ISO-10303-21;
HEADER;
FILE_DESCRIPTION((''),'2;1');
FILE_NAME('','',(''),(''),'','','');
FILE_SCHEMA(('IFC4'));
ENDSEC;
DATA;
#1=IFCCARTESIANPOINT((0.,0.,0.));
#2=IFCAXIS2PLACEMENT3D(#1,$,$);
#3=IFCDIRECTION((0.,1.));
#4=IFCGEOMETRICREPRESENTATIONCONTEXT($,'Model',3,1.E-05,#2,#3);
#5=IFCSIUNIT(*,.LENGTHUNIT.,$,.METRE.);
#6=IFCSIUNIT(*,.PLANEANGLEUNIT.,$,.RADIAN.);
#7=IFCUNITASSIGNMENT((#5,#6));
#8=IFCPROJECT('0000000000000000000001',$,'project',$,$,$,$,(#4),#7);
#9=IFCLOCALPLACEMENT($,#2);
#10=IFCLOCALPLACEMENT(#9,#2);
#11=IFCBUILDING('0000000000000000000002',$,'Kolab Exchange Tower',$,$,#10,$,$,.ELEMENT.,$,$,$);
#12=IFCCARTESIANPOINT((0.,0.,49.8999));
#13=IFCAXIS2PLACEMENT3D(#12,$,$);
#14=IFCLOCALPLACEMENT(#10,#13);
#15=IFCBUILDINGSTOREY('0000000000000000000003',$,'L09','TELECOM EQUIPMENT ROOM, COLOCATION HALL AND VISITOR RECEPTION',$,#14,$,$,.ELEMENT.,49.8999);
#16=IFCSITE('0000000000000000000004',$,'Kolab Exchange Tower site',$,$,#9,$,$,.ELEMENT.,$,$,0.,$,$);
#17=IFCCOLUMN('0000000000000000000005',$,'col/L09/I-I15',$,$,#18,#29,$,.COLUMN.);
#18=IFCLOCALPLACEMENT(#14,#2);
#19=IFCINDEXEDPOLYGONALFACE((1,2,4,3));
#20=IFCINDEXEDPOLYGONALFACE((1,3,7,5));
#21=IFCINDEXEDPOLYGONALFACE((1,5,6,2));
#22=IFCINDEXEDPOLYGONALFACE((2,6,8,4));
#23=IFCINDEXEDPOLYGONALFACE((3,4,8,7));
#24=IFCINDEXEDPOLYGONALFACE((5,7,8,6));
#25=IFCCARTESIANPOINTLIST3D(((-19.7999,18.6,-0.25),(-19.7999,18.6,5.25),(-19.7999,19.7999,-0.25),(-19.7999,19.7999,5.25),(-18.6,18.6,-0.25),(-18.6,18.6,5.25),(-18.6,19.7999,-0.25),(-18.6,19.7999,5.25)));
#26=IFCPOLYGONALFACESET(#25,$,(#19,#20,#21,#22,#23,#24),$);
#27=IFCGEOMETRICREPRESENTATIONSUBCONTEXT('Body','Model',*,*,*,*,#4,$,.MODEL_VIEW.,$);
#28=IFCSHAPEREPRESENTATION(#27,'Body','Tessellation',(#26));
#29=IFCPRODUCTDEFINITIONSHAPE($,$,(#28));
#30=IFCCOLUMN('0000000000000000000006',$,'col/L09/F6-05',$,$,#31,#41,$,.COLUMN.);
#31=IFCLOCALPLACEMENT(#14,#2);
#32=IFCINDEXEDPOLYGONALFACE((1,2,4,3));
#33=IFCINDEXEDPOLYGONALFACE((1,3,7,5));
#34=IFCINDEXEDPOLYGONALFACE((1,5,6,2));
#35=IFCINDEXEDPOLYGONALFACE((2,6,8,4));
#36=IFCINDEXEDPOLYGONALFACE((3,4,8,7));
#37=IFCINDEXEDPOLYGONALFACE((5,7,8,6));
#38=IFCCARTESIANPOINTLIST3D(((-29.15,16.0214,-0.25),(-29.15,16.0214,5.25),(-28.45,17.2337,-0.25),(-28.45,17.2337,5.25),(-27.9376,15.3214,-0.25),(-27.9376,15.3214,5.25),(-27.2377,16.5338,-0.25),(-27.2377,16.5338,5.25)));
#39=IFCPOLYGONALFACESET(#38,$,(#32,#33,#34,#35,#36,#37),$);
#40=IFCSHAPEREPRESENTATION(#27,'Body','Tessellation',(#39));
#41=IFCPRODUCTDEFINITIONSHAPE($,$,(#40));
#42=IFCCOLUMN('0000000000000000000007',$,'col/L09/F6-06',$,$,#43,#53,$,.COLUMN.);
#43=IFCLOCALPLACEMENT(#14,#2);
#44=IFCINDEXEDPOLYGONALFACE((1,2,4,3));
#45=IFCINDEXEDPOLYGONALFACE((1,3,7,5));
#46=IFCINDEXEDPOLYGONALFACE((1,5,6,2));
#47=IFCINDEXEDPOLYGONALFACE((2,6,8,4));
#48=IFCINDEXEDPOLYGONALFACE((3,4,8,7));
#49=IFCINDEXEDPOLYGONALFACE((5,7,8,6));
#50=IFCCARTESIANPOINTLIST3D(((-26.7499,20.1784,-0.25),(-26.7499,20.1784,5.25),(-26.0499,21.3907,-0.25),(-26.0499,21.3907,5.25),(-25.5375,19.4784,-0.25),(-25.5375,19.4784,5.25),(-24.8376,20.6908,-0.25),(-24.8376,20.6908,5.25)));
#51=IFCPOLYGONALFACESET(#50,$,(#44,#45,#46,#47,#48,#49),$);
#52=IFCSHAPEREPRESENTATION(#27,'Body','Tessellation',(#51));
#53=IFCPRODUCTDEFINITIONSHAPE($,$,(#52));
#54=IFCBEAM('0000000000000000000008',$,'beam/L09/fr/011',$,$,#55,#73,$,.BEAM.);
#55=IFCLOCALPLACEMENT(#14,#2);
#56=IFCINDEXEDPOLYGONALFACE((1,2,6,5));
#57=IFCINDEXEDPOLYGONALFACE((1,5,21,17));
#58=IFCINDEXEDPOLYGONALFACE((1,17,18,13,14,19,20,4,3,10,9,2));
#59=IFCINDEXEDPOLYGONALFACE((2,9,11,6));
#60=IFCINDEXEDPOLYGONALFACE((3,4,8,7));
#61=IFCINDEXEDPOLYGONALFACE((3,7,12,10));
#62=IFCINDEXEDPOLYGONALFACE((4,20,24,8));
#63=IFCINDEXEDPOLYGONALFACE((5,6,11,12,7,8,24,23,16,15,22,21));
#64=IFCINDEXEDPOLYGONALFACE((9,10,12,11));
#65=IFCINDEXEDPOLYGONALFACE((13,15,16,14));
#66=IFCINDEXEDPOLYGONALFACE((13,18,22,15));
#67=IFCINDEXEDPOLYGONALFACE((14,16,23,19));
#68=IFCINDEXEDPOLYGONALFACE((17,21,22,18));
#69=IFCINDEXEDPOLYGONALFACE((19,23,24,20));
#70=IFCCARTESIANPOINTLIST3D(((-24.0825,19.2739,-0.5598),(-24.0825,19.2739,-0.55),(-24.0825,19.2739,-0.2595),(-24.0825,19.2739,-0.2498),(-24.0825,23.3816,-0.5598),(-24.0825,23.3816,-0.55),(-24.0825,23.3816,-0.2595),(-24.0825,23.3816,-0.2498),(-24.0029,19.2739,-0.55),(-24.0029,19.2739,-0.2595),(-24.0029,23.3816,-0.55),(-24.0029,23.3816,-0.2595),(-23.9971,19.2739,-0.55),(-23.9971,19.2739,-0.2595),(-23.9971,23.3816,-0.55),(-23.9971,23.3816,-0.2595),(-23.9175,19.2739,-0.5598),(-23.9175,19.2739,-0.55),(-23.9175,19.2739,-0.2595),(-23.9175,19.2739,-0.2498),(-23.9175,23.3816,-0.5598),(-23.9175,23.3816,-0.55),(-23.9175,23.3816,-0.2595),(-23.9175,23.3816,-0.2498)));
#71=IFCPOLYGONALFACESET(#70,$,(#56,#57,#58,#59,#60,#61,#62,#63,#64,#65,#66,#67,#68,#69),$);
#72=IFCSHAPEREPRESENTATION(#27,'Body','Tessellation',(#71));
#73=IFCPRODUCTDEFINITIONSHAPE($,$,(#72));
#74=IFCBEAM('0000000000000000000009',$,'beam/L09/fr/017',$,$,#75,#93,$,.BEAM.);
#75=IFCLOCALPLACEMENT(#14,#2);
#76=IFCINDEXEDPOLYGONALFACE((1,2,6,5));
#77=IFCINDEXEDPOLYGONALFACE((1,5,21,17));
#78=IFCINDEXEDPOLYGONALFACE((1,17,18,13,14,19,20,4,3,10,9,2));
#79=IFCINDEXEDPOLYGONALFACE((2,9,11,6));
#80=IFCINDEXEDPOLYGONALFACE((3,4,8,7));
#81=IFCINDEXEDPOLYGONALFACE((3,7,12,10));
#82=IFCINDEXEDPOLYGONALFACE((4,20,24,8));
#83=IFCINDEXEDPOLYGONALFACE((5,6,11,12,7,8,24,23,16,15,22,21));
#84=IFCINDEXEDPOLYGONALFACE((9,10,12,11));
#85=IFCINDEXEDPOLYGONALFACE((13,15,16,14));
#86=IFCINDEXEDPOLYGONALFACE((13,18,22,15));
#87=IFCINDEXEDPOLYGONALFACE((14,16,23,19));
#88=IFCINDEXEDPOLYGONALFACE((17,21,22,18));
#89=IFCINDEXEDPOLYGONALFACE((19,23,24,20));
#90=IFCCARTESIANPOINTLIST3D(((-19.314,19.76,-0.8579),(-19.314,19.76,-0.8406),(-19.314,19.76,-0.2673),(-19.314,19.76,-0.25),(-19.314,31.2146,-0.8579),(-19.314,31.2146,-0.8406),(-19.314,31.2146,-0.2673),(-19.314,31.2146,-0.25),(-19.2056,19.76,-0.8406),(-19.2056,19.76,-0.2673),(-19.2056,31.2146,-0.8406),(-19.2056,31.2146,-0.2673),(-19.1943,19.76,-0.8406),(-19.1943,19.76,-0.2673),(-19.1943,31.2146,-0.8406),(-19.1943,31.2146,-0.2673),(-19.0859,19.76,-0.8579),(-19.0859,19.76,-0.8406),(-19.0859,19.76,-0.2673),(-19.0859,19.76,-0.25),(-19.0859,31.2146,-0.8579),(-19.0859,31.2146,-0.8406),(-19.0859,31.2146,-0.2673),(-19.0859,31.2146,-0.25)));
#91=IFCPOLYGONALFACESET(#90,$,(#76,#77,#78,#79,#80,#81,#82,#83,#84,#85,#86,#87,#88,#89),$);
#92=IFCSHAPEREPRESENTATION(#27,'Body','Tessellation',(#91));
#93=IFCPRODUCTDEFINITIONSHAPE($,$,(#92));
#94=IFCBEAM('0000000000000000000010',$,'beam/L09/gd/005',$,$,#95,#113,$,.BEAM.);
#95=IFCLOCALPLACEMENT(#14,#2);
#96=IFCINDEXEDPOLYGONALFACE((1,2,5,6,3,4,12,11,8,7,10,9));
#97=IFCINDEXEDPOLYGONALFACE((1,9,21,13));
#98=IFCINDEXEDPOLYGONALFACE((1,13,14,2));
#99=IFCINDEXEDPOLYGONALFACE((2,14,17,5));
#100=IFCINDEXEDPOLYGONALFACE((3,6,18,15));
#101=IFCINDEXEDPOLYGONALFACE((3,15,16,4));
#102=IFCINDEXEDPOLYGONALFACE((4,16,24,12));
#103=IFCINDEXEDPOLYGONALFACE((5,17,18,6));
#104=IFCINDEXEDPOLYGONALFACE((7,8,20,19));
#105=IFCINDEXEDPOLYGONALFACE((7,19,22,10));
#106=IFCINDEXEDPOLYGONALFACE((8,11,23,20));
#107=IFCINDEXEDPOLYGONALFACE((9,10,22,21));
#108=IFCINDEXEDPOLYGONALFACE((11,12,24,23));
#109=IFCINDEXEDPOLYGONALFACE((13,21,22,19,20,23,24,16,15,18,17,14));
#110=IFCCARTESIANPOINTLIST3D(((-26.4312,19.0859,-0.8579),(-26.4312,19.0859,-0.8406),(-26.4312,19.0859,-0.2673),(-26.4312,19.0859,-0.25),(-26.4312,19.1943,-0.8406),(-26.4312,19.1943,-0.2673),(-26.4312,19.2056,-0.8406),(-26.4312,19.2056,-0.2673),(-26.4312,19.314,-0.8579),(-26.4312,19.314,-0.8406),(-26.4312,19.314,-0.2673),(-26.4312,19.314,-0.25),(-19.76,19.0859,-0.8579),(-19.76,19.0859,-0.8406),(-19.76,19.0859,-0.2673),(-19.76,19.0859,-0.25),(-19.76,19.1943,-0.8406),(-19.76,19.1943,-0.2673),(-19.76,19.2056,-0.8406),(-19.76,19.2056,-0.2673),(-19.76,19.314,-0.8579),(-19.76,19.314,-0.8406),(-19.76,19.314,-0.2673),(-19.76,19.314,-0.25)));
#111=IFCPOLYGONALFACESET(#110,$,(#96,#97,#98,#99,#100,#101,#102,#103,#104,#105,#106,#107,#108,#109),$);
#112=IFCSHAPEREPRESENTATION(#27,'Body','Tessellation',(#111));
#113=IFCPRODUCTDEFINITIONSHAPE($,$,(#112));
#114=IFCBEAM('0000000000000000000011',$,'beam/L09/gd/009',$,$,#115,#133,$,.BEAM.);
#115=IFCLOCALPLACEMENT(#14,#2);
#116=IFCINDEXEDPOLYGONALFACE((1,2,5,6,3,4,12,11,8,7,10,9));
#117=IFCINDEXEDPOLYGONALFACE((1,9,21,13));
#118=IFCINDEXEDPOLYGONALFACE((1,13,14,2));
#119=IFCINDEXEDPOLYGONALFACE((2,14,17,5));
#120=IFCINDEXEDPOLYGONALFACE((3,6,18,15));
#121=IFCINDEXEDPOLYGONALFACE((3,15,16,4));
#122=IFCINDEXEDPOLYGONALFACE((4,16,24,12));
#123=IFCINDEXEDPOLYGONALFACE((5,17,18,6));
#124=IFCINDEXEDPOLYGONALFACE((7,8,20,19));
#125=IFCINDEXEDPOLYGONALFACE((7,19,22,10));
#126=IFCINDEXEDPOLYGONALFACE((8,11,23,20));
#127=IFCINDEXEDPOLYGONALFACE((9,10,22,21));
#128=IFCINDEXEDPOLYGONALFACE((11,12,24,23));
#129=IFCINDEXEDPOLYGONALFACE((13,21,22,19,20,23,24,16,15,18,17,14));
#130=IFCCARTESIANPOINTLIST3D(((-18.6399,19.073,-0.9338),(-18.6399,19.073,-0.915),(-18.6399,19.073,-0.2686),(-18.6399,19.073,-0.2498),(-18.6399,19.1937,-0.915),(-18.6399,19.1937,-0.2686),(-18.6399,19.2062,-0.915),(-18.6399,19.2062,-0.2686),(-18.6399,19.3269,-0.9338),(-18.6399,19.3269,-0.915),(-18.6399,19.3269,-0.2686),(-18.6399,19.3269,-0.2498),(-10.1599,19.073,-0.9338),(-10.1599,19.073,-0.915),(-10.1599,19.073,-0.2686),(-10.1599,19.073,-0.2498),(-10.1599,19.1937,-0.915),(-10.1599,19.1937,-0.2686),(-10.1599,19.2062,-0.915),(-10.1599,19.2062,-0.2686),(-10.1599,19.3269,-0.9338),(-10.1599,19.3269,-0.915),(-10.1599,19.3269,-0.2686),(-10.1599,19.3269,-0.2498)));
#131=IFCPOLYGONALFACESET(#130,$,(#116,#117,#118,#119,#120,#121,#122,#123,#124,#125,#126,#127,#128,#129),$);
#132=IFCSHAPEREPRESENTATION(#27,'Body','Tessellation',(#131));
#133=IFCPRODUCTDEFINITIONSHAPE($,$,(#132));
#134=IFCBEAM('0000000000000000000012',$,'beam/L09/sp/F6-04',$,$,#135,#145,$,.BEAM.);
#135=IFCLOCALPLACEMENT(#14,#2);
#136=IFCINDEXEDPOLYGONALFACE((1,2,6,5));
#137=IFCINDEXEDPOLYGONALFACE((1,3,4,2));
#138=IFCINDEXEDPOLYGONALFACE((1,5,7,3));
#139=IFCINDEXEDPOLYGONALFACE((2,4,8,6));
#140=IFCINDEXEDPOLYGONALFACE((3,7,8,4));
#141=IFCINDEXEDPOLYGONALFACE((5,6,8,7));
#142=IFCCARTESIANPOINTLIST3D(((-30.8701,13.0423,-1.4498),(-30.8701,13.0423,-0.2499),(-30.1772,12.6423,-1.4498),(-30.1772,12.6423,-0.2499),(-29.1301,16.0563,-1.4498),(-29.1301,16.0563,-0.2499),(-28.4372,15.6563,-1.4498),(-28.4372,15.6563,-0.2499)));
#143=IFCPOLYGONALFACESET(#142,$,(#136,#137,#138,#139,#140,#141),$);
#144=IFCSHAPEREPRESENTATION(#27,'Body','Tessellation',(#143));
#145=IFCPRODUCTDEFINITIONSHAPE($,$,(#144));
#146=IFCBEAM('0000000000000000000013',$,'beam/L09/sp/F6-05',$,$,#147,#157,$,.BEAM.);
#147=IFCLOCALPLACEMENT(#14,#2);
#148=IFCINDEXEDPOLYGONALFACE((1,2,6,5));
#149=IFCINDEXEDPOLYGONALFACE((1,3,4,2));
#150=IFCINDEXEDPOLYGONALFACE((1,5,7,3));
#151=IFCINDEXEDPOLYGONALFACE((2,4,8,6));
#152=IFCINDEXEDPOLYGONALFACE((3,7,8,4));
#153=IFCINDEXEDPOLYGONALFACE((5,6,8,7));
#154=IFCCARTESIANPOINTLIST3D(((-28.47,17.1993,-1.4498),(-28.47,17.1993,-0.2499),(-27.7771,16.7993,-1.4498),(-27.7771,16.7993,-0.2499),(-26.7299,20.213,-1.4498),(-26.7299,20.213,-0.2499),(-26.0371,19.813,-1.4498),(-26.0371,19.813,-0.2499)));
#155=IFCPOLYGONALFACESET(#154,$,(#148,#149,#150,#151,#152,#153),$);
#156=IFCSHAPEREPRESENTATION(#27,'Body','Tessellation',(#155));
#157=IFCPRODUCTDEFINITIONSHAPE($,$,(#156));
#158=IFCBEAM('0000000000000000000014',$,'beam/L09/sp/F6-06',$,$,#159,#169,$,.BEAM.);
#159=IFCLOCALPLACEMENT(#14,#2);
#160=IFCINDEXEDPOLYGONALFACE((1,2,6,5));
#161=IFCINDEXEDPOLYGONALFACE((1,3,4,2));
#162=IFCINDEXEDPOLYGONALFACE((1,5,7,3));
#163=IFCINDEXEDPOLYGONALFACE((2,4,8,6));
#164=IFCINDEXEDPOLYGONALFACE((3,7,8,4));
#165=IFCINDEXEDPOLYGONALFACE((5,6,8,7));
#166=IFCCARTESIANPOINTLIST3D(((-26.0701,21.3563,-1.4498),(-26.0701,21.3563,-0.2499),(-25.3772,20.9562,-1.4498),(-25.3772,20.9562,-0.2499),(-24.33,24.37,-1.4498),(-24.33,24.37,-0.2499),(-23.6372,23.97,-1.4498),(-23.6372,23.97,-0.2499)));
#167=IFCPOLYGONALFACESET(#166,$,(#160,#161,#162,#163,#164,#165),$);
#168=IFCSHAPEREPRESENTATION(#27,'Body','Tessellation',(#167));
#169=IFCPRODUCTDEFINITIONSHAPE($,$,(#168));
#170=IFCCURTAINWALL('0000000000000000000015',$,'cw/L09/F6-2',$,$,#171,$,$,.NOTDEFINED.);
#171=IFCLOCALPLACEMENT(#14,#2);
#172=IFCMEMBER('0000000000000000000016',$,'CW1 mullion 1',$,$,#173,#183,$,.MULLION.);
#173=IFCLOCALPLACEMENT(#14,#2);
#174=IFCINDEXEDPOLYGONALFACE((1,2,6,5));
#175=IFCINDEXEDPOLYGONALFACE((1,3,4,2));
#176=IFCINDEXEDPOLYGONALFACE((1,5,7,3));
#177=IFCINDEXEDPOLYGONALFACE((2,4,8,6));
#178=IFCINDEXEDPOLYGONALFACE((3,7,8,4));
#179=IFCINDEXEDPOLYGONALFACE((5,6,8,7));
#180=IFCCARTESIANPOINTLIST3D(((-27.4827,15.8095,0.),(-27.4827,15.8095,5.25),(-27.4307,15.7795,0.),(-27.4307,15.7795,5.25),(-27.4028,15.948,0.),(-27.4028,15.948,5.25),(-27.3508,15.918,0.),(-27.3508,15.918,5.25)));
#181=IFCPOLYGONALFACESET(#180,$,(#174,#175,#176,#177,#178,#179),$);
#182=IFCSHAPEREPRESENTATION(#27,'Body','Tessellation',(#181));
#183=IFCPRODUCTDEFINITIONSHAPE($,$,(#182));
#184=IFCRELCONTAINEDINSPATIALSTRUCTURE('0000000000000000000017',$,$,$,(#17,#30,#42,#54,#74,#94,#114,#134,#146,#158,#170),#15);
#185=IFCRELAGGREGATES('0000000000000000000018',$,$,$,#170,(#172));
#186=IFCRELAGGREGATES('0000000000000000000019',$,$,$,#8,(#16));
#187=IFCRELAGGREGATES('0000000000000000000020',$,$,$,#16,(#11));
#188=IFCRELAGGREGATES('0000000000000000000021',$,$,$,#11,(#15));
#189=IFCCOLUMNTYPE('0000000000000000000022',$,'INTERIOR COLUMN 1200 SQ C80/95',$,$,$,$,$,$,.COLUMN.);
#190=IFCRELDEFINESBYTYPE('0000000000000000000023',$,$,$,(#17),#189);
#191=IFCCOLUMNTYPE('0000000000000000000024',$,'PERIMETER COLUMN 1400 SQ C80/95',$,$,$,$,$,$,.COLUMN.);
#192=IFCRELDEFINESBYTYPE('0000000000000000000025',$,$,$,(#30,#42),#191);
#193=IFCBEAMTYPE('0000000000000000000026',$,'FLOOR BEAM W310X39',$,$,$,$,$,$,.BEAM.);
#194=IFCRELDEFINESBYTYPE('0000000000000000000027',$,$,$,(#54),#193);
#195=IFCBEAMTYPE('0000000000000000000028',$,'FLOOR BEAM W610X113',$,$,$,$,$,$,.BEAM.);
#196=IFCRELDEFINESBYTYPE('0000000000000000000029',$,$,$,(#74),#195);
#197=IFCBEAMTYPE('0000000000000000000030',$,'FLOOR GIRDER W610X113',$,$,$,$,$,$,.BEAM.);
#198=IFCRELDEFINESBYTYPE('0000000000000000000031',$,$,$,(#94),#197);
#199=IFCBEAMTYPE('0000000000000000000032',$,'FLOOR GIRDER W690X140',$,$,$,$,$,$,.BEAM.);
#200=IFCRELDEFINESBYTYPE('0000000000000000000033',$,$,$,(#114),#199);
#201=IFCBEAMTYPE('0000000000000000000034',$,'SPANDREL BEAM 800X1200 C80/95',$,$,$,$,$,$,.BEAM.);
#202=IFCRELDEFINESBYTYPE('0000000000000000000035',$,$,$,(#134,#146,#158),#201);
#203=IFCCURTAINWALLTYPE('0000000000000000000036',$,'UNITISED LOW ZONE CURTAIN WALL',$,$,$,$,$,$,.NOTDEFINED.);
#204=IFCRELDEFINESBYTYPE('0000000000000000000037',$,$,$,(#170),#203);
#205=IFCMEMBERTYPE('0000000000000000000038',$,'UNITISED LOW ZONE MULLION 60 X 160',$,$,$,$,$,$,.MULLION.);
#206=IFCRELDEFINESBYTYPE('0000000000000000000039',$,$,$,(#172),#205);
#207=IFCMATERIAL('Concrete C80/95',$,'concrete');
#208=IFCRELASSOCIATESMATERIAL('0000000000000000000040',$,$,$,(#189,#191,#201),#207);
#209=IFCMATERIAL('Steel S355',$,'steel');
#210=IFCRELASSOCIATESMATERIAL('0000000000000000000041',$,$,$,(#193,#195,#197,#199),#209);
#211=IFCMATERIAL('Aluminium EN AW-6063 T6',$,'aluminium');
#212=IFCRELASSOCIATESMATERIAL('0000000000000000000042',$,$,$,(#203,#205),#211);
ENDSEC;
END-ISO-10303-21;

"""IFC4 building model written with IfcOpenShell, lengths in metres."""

from ifc_helpers import new_model, si_unit, direction, frame, origin, origin_2d, place, context, subcontext, project, spatial, rectangle, i_section, extrude, material, material_profile, profile_set, type_object, element, aggregate, save


model = new_model("IFC4")

# Units and contexts
model_context = context("Model", 3, precision=1e-05, world=origin(), true_north=direction((0.0, 1.0)))
body_context = subcontext(model_context, "Body", "Model", "MODEL_VIEW")
ifc_project = project(units=[si_unit("LENGTHUNIT", "METRE"), si_unit("PLANEANGLEUNIT", "RADIAN")], contexts=[model_context])

# Site, building, storey
site_placement = place(None, origin())
site = spatial("IfcSite", under=ifc_project, at=site_placement, Name="Kolab Exchange Tower site", CompositionType="ELEMENT", RefElevation=0.0)
building_placement = place(site_placement, origin())
building = spatial("IfcBuilding", under=site, at=building_placement, Name="Kolab Exchange Tower", CompositionType="ELEMENT")
storey_placement = place(building_placement, frame((0.0, 0.0, 49.8999)))
storey = spatial("IfcBuildingStorey", under=building, at=storey_placement, Name="L09", Description="TELECOM EQUIPMENT ROOM, COLOCATION HALL AND VISITOR RECEPTION", CompositionType="ELEMENT", Elevation=49.8999)

# Columns
ifc_material_1 = material(Name="Concrete C80/95", Category="concrete")
ifc_material_profile_1 = material_profile(ifc_material_1, rectangle(XDim=1.2, YDim=1.2, at=origin_2d()), Name="RC1200")
ifc_profile_set_1 = profile_set([ifc_material_profile_1], Name="Concrete C80/95")
column_type_1 = type_object("IfcColumnType", Name="INTERIOR COLUMN 1200 SQ C80/95", PredefinedType="COLUMN", material=ifc_profile_set_1)
column_placement = place(storey_placement, frame((-19.2, 19.2, -0.25), z_axis=(0.0, 0.0, 1.0), x_axis=(1.0, 0.0, 0.0)))
element("IfcColumn", 1, at=column_placement, inside=storey, type_object=column_type_1, Name="col/L09/I-I15", PredefinedType="COLUMN", context=body_context, shape_type="SweptSolid", body=[
    extrude(rectangle(XDim=1.2, YDim=1.2, at=origin_2d()), origin(), (0.0, 0.0, 1.0), 5.5),
])
ifc_material_profile_2 = material_profile(ifc_material_1, rectangle(XDim=1.3999, YDim=1.3999, at=origin_2d()), Name="RC1400")
ifc_profile_set_2 = profile_set([ifc_material_profile_2], Name="Concrete C80/95")
column_type_2 = type_object("IfcColumnType", Name="PERIMETER COLUMN 1400 SQ C80/95", PredefinedType="COLUMN", material=ifc_profile_set_2)
for number, where, z_axis, x_axis, name in (
    (2, (-28.1938, 16.2776, -0.25), (0.0, 0.0, 1.0), (0.5, 0.866025, 0.0), "col/L09/F6-05"),
    (3, (-25.7937, 20.4346, -0.25), (0.0, 0.0, 1.0), (0.5, 0.866025, 0.0), "col/L09/F6-06"),
):
    element("IfcColumn", number, at=place(storey_placement, frame(where, z_axis=z_axis, x_axis=x_axis)), inside=storey, type_object=column_type_2, Name=name, PredefinedType="COLUMN", context=body_context, shape_type="SweptSolid", body=[
        extrude(rectangle(XDim=1.3999, YDim=1.3999, at=origin_2d()), origin(), (0.0, 0.0, 1.0), 5.5),
    ])

# Beams
ifc_material_2 = material(Name="Steel S355", Category="steel")
ifc_material_profile_3 = material_profile(ifc_material_2, i_section(OverallWidth=0.165, OverallDepth=0.3101, WebThickness=0.0059, FlangeThickness=0.0098, at=origin_2d()), Name="W310X39")
ifc_profile_set_3 = profile_set([ifc_material_profile_3], Name="Steel S355")
beam_type_1 = type_object("IfcBeamType", Name="FLOOR BEAM W310X39", PredefinedType="BEAM", material=ifc_profile_set_3)
beam_1_placement = place(storey_placement, frame((-24.0, 19.2739, -0.4048), z_axis=(0.0, 1.0, 0.0), x_axis=(-1.0, 0.0, 0.0)))
element("IfcBeam", 4, at=beam_1_placement, inside=storey, type_object=beam_type_1, Name="beam/L09/fr/011", PredefinedType="BEAM", context=body_context, shape_type="SweptSolid", body=[
    extrude(i_section(OverallWidth=0.165, OverallDepth=0.3101, WebThickness=0.0059, FlangeThickness=0.0098, at=origin_2d()), origin(), (0.0, 0.0, 1.0), 4.1077),
])
ifc_material_profile_4 = material_profile(ifc_material_2, i_section(OverallWidth=0.228, OverallDepth=0.6079, WebThickness=0.0112, FlangeThickness=0.0173, at=origin_2d()), Name="W610X113")
ifc_profile_set_4 = profile_set([ifc_material_profile_4], Name="Steel S355")
beam_type_2 = type_object("IfcBeamType", Name="FLOOR BEAM W610X113", PredefinedType="BEAM", material=ifc_profile_set_4)
beam_2_placement = place(storey_placement, frame((-19.2, 19.76, -0.554), z_axis=(0.0, 1.0, 0.0), x_axis=(-1.0, 0.0, 0.0)))
element("IfcBeam", 5, at=beam_2_placement, inside=storey, type_object=beam_type_2, Name="beam/L09/fr/017", PredefinedType="BEAM", context=body_context, shape_type="SweptSolid", body=[
    extrude(i_section(OverallWidth=0.228, OverallDepth=0.6079, WebThickness=0.0112, FlangeThickness=0.0173, at=origin_2d()), origin(), (0.0, 0.0, 1.0), 11.4546),
])
ifc_material_profile_5 = material_profile(ifc_material_2, i_section(OverallWidth=0.228, OverallDepth=0.6079, WebThickness=0.0112, FlangeThickness=0.0173, at=origin_2d()), Name="W610X113")
ifc_profile_set_5 = profile_set([ifc_material_profile_5], Name="Steel S355")
beam_type_3 = type_object("IfcBeamType", Name="FLOOR GIRDER W610X113", PredefinedType="BEAM", material=ifc_profile_set_5)
beam_3_placement = place(storey_placement, frame((-26.4312, 19.2, -0.554), z_axis=(1.0, 0.0, 0.0), x_axis=(0.0, 1.0, 0.0)))
element("IfcBeam", 6, at=beam_3_placement, inside=storey, type_object=beam_type_3, Name="beam/L09/gd/005", PredefinedType="BEAM", context=body_context, shape_type="SweptSolid", body=[
    extrude(i_section(OverallWidth=0.228, OverallDepth=0.6079, WebThickness=0.0112, FlangeThickness=0.0173, at=origin_2d()), origin(), (0.0, 0.0, 1.0), 6.6711),
])
ifc_material_profile_6 = material_profile(ifc_material_2, i_section(OverallWidth=0.2539, OverallDepth=0.6841, WebThickness=0.0125, FlangeThickness=0.0188, at=origin_2d()), Name="W690X140")
ifc_profile_set_6 = profile_set([ifc_material_profile_6], Name="Steel S355")
beam_type_4 = type_object("IfcBeamType", Name="FLOOR GIRDER W690X140", PredefinedType="BEAM", material=ifc_profile_set_6)
beam_4_placement = place(storey_placement, frame((-18.6399, 19.2, -0.5918), z_axis=(1.0, 0.0, 0.0), x_axis=(0.0, 1.0, 0.0)))
element("IfcBeam", 7, at=beam_4_placement, inside=storey, type_object=beam_type_4, Name="beam/L09/gd/009", PredefinedType="BEAM", context=body_context, shape_type="SweptSolid", body=[
    extrude(i_section(OverallWidth=0.2539, OverallDepth=0.6841, WebThickness=0.0125, FlangeThickness=0.0188, at=origin_2d()), origin(), (0.0, 0.0, 1.0), 8.48),
])
ifc_material_profile_7 = material_profile(ifc_material_1, rectangle(XDim=0.8, YDim=1.2, at=origin_2d()), Name="RC800X1200")
ifc_profile_set_7 = profile_set([ifc_material_profile_7], Name="Concrete C80/95")
beam_type_5 = type_object("IfcBeamType", Name="SPANDREL BEAM 800X1200 C80/95", PredefinedType="BEAM", material=ifc_profile_set_7)
beam_5_placement = place(storey_placement, frame((-30.5237, 12.8423, -0.8499), z_axis=(0.49998, 0.866037, 0.0), x_axis=(-0.866037, 0.49998, 0.0)))
element("IfcBeam", 8, at=beam_5_placement, inside=storey, type_object=beam_type_5, Name="beam/L09/sp/F6-04", PredefinedType="BEAM", context=body_context, shape_type="SweptSolid", body=[
    extrude(rectangle(XDim=0.8, YDim=1.2, at=origin_2d()), origin(), (0.0, 0.0, 1.0), 3.4802),
])
for number, where, z_axis, x_axis, name in (
    (9, (-28.1235, 16.9993, -0.8499), (0.50001, 0.86602, 0.0), (-0.86602, 0.50001, 0.0), "beam/L09/sp/F6-05"),
    (10, (-25.7236, 21.1562, -0.8499), (0.50001, 0.86602, 0.0), (-0.86602, 0.50001, 0.0), "beam/L09/sp/F6-06"),
):
    element("IfcBeam", number, at=place(storey_placement, frame(where, z_axis=z_axis, x_axis=x_axis)), inside=storey, type_object=beam_type_5, Name=name, PredefinedType="BEAM", context=body_context, shape_type="SweptSolid", body=[
        extrude(rectangle(XDim=0.8, YDim=1.2, at=origin_2d()), origin(), (0.0, 0.0, 1.0), 3.48),
    ])

# Curtain wall, member
ifc_material_3 = material(Name="Aluminium EN AW-6063 T6", Category="aluminium")
curtain_wall_type = type_object("IfcCurtainWallType", Name="UNITISED LOW ZONE CURTAIN WALL", PredefinedType="NOTDEFINED", material=ifc_material_3)
curtain_wall_placement = place(storey_placement, origin())
curtain_wall = element("IfcCurtainWall", 11, at=curtain_wall_placement, inside=storey, type_object=curtain_wall_type, Name="cw/L09/F6-2", PredefinedType="NOTDEFINED")
ifc_material_profile_8 = material_profile(ifc_material_3, rectangle(XDim=0.0601, YDim=0.1599, at=origin_2d()), Name="RECT 60X160")
ifc_profile_set_8 = profile_set([ifc_material_profile_8], Name="Aluminium EN AW-6063 T6")
member_type_1 = type_object("IfcMemberType", Name="UNITISED LOW ZONE MULLION 60 X 160", PredefinedType="MULLION", material=ifc_profile_set_8)
member_1_placement = place(storey_placement, frame((-27.4167, 15.8638, 0.0), z_axis=(0.0, 0.0, 1.0), x_axis=(-0.866025, 0.5, 0.0)))
member_1 = element("IfcMember", 12, at=member_1_placement, type_object=member_type_1, Name="CW1 mullion 1", PredefinedType="MULLION", context=body_context, shape_type="SweptSolid", body=[
    extrude(rectangle(XDim=0.0601, YDim=0.1599, at=origin_2d()), origin(), (0.0, 0.0, 1.0), 5.25),
])
aggregate(curtain_wall, [member_1])

save(model, "model.ifc")
